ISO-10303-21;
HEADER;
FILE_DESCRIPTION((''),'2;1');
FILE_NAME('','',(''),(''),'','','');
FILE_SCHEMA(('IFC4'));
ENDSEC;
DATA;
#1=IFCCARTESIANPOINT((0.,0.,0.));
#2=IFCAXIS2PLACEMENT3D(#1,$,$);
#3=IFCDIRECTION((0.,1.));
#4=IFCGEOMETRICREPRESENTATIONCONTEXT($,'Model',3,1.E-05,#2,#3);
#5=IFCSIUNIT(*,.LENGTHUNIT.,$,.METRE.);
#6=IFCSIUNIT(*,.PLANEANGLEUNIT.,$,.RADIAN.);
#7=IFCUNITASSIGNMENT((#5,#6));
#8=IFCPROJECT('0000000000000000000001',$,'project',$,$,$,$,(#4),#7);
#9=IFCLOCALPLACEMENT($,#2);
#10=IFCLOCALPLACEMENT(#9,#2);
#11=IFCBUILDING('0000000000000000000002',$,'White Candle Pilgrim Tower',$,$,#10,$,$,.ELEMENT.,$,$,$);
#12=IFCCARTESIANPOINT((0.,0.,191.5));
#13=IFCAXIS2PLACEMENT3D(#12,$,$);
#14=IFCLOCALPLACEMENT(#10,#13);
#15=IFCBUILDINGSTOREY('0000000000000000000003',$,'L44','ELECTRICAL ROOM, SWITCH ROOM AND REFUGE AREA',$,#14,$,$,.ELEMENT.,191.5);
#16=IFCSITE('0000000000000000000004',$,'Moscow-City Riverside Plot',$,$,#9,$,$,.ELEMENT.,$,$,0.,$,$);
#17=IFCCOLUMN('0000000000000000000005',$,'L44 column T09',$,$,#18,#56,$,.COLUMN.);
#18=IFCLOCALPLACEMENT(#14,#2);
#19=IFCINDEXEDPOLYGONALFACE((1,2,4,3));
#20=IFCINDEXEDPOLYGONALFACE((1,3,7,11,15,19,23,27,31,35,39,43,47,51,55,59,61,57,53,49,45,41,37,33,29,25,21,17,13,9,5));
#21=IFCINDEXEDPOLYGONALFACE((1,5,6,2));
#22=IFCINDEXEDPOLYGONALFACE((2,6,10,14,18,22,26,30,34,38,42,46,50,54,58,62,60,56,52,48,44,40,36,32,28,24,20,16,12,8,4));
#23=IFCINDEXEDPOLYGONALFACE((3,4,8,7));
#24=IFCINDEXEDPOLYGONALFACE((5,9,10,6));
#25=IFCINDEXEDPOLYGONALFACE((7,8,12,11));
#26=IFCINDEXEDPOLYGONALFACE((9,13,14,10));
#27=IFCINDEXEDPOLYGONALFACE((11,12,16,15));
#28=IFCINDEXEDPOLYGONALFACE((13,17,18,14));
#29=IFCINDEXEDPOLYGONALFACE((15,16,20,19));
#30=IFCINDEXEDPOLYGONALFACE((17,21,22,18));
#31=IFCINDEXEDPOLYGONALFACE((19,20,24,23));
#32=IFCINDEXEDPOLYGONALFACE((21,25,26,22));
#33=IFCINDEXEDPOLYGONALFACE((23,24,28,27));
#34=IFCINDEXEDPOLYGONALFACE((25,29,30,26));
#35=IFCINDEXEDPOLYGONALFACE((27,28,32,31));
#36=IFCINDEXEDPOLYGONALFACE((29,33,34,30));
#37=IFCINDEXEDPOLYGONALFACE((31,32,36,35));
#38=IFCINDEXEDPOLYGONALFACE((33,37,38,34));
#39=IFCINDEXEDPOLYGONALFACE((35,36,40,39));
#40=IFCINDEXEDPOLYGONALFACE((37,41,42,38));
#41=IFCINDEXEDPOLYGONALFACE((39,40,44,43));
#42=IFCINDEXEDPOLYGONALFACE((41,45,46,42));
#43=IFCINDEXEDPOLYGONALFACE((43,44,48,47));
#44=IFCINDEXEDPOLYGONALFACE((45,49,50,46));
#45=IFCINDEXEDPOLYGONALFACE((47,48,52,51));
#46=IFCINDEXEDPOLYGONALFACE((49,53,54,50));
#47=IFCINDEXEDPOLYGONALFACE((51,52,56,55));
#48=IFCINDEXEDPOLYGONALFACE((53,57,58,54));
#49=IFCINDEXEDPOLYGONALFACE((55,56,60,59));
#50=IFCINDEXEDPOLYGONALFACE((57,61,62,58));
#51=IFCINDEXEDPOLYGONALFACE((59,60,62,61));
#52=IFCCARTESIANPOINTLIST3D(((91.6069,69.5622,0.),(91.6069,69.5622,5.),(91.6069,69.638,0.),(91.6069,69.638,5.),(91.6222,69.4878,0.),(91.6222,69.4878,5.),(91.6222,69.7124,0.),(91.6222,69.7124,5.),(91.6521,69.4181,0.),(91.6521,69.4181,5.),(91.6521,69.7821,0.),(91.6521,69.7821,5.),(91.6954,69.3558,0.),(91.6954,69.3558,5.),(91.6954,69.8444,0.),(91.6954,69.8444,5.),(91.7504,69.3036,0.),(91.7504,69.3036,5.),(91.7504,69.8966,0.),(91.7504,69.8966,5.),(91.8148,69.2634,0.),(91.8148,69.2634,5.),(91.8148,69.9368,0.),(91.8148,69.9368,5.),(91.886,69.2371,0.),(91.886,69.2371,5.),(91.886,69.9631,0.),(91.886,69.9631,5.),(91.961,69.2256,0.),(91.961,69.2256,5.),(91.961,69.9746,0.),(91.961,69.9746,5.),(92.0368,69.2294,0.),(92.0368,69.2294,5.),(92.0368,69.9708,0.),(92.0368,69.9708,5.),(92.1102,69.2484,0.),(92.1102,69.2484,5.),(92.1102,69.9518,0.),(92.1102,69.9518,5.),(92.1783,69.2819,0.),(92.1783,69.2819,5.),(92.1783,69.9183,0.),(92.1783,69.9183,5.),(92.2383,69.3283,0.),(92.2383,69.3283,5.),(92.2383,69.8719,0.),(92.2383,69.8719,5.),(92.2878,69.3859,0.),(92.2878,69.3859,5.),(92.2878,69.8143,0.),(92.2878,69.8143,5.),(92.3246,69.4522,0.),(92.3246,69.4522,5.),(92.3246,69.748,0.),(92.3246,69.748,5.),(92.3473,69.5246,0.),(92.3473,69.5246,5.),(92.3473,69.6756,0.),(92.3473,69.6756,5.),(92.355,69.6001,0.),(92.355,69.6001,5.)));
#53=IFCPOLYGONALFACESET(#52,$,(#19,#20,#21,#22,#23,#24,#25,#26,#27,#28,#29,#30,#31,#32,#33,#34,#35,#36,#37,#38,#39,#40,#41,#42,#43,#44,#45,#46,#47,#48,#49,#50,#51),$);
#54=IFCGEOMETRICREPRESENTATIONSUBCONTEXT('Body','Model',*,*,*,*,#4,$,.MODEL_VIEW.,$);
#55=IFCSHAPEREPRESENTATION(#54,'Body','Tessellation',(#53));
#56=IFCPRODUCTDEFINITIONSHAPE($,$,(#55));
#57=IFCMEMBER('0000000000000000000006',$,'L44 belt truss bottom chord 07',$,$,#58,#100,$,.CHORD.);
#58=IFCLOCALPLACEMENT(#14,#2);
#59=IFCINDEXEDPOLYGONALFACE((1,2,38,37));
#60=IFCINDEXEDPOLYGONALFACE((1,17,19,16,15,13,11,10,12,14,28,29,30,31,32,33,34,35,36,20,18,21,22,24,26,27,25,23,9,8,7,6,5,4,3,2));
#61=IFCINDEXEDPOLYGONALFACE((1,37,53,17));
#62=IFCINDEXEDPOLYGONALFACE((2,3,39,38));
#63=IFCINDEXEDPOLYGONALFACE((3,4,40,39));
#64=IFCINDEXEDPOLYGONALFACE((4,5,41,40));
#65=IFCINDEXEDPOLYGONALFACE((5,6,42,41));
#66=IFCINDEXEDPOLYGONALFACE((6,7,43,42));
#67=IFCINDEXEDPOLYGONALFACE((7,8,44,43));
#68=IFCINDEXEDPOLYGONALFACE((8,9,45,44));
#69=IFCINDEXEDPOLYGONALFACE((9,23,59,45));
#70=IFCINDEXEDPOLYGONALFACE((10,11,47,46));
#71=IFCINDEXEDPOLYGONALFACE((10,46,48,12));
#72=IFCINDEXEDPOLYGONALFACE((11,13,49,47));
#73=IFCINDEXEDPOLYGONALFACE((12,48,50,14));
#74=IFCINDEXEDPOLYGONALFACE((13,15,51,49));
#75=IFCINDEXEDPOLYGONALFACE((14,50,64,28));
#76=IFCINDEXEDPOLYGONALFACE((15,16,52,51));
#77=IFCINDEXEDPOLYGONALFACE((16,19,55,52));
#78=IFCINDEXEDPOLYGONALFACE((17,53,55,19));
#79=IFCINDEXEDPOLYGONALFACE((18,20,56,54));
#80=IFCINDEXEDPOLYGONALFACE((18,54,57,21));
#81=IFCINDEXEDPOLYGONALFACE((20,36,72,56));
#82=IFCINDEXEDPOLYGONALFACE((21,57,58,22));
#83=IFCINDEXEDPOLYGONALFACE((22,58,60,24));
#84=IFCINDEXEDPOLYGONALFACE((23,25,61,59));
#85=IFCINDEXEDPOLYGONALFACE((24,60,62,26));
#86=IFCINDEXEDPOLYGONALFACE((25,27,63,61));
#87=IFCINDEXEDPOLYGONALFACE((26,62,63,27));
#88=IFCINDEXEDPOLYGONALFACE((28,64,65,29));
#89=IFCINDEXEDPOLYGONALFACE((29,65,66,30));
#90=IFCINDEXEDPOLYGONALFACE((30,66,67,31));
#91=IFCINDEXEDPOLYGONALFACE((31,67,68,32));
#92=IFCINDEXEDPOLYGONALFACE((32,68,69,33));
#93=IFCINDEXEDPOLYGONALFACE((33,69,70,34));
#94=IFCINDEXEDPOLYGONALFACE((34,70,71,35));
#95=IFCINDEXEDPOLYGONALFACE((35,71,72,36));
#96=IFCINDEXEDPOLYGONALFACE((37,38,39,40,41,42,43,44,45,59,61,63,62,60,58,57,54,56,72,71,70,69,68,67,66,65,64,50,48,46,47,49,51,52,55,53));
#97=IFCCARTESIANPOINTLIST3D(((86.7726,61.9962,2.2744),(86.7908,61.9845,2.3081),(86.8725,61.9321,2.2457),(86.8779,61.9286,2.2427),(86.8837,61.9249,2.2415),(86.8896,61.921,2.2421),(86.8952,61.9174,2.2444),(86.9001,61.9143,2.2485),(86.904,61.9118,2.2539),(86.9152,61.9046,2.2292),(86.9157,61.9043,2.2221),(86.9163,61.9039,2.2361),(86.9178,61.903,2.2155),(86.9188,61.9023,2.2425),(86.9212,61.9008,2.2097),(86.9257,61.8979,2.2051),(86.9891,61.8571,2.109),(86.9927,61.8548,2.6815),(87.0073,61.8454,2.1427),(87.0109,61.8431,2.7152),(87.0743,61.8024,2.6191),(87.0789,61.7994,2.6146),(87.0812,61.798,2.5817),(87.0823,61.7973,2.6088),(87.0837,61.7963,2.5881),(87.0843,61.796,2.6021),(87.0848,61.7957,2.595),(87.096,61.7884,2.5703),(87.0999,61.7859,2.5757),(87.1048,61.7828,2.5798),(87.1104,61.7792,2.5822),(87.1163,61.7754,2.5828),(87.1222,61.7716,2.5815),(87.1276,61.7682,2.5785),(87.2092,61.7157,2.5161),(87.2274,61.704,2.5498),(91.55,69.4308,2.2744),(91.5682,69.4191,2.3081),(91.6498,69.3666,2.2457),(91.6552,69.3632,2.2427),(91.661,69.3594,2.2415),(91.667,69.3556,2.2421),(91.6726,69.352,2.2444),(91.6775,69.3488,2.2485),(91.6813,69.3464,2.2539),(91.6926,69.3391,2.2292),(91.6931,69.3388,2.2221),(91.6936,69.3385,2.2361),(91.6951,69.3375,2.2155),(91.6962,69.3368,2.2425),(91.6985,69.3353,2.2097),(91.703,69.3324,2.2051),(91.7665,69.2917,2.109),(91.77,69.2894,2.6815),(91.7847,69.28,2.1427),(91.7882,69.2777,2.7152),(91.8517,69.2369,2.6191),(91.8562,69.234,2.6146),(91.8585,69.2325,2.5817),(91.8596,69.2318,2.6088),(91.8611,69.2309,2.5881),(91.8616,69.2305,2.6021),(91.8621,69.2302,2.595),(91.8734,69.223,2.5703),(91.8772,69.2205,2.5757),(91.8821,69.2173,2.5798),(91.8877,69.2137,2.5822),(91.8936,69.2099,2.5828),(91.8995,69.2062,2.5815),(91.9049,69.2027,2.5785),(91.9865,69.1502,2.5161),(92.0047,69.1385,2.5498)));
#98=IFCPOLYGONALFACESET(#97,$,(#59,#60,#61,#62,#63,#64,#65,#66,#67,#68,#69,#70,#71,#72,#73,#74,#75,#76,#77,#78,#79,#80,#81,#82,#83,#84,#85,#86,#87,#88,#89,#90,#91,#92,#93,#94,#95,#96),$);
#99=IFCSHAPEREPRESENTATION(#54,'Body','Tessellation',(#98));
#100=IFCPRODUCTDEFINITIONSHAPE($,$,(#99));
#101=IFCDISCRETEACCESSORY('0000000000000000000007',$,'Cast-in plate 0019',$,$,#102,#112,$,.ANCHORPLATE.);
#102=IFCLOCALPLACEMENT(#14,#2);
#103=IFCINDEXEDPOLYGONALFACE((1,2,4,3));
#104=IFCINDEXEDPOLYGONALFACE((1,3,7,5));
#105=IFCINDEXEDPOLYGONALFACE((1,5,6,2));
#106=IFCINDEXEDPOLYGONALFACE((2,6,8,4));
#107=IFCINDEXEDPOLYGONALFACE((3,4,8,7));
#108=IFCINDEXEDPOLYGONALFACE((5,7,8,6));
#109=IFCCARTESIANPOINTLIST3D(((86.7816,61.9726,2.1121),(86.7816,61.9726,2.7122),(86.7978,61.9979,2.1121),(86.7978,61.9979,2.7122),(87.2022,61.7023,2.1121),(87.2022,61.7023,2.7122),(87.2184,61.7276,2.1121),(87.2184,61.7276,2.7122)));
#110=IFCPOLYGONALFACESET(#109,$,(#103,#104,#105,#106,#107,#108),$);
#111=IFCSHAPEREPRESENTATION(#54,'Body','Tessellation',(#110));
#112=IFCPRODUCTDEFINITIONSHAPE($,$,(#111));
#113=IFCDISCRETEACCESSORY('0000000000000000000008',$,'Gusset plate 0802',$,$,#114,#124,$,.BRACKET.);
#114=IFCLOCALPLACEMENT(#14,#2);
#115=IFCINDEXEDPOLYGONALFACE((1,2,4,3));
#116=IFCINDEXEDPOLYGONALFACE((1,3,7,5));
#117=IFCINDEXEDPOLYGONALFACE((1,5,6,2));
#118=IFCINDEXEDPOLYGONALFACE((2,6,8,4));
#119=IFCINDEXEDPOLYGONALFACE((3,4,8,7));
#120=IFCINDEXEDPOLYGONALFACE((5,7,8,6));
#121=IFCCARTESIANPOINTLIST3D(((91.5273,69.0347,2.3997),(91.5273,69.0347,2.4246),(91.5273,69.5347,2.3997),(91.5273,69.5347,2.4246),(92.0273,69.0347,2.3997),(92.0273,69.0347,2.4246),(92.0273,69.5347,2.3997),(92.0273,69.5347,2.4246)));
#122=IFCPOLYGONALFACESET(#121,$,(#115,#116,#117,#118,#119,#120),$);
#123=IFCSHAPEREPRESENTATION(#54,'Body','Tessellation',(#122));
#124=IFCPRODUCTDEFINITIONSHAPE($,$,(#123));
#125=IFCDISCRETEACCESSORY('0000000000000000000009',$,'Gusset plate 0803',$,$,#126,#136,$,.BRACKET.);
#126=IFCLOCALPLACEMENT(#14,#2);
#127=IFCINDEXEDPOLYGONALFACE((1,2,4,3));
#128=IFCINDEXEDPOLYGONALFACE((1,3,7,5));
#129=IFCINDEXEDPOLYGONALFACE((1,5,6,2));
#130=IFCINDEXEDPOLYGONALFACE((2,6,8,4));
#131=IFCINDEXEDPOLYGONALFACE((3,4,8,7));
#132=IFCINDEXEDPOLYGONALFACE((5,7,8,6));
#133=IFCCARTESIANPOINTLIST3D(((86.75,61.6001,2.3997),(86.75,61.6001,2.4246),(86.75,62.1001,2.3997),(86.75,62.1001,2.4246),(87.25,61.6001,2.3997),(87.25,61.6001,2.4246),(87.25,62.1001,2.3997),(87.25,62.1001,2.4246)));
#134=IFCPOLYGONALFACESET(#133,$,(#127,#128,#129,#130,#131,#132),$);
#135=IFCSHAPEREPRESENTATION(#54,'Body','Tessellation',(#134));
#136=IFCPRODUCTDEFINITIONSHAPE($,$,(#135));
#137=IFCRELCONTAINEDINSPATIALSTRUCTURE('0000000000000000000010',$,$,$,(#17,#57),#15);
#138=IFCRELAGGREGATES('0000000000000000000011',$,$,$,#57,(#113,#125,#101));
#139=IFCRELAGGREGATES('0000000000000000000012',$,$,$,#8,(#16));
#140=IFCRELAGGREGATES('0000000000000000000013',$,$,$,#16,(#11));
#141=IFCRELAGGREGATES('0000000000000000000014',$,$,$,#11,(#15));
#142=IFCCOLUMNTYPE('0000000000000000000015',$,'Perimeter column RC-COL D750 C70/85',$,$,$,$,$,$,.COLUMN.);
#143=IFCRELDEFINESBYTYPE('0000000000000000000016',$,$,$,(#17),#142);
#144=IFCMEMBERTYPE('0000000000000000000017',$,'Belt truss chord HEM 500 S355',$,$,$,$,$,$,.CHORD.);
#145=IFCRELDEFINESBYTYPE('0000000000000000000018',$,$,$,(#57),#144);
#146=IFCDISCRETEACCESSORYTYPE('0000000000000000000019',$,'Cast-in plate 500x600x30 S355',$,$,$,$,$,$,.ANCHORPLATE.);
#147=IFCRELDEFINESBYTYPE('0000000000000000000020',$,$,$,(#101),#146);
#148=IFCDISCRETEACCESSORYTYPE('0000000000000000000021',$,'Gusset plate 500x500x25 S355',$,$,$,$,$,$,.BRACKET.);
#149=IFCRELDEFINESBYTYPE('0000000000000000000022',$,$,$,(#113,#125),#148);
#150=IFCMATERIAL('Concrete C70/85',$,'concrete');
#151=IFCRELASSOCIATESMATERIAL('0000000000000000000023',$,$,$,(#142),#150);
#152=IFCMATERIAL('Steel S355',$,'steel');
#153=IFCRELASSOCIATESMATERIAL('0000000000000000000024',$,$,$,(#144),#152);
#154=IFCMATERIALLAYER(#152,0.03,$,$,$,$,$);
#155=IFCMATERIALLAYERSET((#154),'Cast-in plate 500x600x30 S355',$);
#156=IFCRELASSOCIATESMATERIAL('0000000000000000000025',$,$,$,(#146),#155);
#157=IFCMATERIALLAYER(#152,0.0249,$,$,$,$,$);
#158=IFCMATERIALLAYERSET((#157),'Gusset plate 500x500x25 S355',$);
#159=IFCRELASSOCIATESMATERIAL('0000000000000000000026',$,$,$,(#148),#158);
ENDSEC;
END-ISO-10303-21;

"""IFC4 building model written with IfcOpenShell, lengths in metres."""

from ifc_helpers import new_model, si_unit, direction, frame, origin, origin_2d, place, context, subcontext, project, spatial, rectangle, circle, i_section, extrude, material, layer, layer_set, material_profile, profile_set, type_object, element, aggregate, save


model = new_model("IFC4")

# Units and contexts
model_context = context("Model", 3, precision=1e-05, world=origin(), true_north=direction((0.0, 1.0)))
body_context = subcontext(model_context, "Body", "Model", "MODEL_VIEW")
ifc_project = project(units=[si_unit("LENGTHUNIT", "METRE"), si_unit("PLANEANGLEUNIT", "RADIAN")], contexts=[model_context])

# Site, building, storey
site_placement = place(None, origin())
site = spatial("IfcSite", under=ifc_project, at=site_placement, Name="Moscow-City Riverside Plot", CompositionType="ELEMENT", RefElevation=0.0)
building_placement = place(site_placement, origin())
building = spatial("IfcBuilding", under=site, at=building_placement, Name="White Candle Pilgrim Tower", CompositionType="ELEMENT")
storey_placement = place(building_placement, frame((0.0, 0.0, 191.5)))
storey = spatial("IfcBuildingStorey", under=building, at=storey_placement, Name="L44", Description="ELECTRICAL ROOM, SWITCH ROOM AND REFUGE AREA", CompositionType="ELEMENT", Elevation=191.5)

# Column
ifc_material_1 = material(Name="Concrete C70/85", Category="concrete")
ifc_material_profile_1 = material_profile(ifc_material_1, circle(Radius=0.375, at=origin_2d()), Name="RC-COL D750")
ifc_profile_set_1 = profile_set([ifc_material_profile_1], Name="Concrete C70/85")
column_type = type_object("IfcColumnType", Name="Perimeter column RC-COL D750 C70/85", PredefinedType="COLUMN", material=ifc_profile_set_1)
column_placement = place(storey_placement, frame((91.98, 69.6001, 0.0), z_axis=(0.0, 0.0, 1.0), x_axis=(1.0, 0.0, 0.0)))
element("IfcColumn", 1, at=column_placement, inside=storey, type_object=column_type, Name="L44 column T09", PredefinedType="COLUMN", context=body_context, shape_type="SweptSolid", body=[
    extrude(circle(Radius=0.375, at=origin_2d()), origin(), (0.0, 0.0, 1.0), 5.0),
])

# Member
ifc_material_2 = material(Name="Steel S355", Category="steel")
ifc_material_profile_2 = material_profile(ifc_material_2, i_section(OverallWidth=0.3059, OverallDepth=0.5239, WebThickness=0.021, FlangeThickness=0.04, FilletRadius=0.0271, at=origin_2d()), Name="HEM 500")
ifc_profile_set_2 = profile_set([ifc_material_profile_2], Name="Steel S355")
member_type_1 = type_object("IfcMemberType", Name="Belt truss chord HEM 500 S355", PredefinedType="CHORD", material=ifc_profile_set_2)
member_1_placement = place(storey_placement, frame((91.7773, 69.2847, 2.4121), z_axis=(-0.540596, -0.841283, 0.0), x_axis=(0.707758, -0.454794, -0.540593)))
member_1 = element("IfcMember", 2, at=member_1_placement, inside=storey, type_object=member_type_1, Name="L44 belt truss bottom chord 07", PredefinedType="CHORD", context=body_context, shape_type="SweptSolid", body=[
    extrude(i_section(OverallWidth=0.3059, OverallDepth=0.5239, WebThickness=0.021, FlangeThickness=0.04, FilletRadius=0.0271, at=origin_2d()), origin(), (0.0, 0.0, 1.0), 8.8372),
])

# Discrete accessories
ifc_layer_1 = layer(ifc_material_2, 0.03)
ifc_layer_set_1 = layer_set([ifc_layer_1], Name="Cast-in plate 500x600x30 S355")
discrete_accessory_type_1 = type_object("IfcDiscreteAccessoryType", Name="Cast-in plate 500x600x30 S355", PredefinedType="ANCHORPLATE", material=ifc_layer_set_1)
discrete_accessory_1_placement = place(storey_placement, frame((87.0, 61.8501, 2.1121), z_axis=(0.0, 0.0, 1.0), x_axis=(0.540593, 0.841284, 0.0)))
discrete_accessory_1 = element("IfcDiscreteAccessory", 3, at=discrete_accessory_1_placement, type_object=discrete_accessory_type_1, Name="Cast-in plate 0019", PredefinedType="ANCHORPLATE", context=body_context, shape_type="SweptSolid", body=[
    extrude(rectangle(XDim=0.03, YDim=0.5, at=origin_2d()), origin(), (0.0, 0.0, 1.0), 0.6001),
])
ifc_layer_2 = layer(ifc_material_2, 0.0249)
ifc_layer_set_2 = layer_set([ifc_layer_2], Name="Gusset plate 500x500x25 S355")
discrete_accessory_type_2 = type_object("IfcDiscreteAccessoryType", Name="Gusset plate 500x500x25 S355", PredefinedType="BRACKET", material=ifc_layer_set_2)
discrete_accessory_2_placement = place(storey_placement, frame((91.7773, 69.2847, 2.3997), z_axis=(0.0, 0.0, 1.0), x_axis=(1.0, 0.0, 0.0)))
discrete_accessory_2 = element("IfcDiscreteAccessory", 4, at=discrete_accessory_2_placement, type_object=discrete_accessory_type_2, Name="Gusset plate 0802", PredefinedType="BRACKET", context=body_context, shape_type="SweptSolid", body=[
    extrude(rectangle(XDim=0.5, YDim=0.5, at=origin_2d()), origin(), (0.0, 0.0, 1.0), 0.0249),
])
discrete_accessory_3_placement = place(storey_placement, frame((87.0, 61.8501, 2.3997), z_axis=(0.0, 0.0, 1.0), x_axis=(1.0, 0.0, 0.0)))
discrete_accessory_3 = element("IfcDiscreteAccessory", 5, at=discrete_accessory_3_placement, type_object=discrete_accessory_type_2, Name="Gusset plate 0803", PredefinedType="BRACKET", context=body_context, shape_type="SweptSolid", body=[
    extrude(rectangle(XDim=0.5, YDim=0.5, at=origin_2d()), origin(), (0.0, 0.0, 1.0), 0.0249),
])
aggregate(member_1, [discrete_accessory_2, discrete_accessory_3, discrete_accessory_1])

save(model, "model.ifc")
